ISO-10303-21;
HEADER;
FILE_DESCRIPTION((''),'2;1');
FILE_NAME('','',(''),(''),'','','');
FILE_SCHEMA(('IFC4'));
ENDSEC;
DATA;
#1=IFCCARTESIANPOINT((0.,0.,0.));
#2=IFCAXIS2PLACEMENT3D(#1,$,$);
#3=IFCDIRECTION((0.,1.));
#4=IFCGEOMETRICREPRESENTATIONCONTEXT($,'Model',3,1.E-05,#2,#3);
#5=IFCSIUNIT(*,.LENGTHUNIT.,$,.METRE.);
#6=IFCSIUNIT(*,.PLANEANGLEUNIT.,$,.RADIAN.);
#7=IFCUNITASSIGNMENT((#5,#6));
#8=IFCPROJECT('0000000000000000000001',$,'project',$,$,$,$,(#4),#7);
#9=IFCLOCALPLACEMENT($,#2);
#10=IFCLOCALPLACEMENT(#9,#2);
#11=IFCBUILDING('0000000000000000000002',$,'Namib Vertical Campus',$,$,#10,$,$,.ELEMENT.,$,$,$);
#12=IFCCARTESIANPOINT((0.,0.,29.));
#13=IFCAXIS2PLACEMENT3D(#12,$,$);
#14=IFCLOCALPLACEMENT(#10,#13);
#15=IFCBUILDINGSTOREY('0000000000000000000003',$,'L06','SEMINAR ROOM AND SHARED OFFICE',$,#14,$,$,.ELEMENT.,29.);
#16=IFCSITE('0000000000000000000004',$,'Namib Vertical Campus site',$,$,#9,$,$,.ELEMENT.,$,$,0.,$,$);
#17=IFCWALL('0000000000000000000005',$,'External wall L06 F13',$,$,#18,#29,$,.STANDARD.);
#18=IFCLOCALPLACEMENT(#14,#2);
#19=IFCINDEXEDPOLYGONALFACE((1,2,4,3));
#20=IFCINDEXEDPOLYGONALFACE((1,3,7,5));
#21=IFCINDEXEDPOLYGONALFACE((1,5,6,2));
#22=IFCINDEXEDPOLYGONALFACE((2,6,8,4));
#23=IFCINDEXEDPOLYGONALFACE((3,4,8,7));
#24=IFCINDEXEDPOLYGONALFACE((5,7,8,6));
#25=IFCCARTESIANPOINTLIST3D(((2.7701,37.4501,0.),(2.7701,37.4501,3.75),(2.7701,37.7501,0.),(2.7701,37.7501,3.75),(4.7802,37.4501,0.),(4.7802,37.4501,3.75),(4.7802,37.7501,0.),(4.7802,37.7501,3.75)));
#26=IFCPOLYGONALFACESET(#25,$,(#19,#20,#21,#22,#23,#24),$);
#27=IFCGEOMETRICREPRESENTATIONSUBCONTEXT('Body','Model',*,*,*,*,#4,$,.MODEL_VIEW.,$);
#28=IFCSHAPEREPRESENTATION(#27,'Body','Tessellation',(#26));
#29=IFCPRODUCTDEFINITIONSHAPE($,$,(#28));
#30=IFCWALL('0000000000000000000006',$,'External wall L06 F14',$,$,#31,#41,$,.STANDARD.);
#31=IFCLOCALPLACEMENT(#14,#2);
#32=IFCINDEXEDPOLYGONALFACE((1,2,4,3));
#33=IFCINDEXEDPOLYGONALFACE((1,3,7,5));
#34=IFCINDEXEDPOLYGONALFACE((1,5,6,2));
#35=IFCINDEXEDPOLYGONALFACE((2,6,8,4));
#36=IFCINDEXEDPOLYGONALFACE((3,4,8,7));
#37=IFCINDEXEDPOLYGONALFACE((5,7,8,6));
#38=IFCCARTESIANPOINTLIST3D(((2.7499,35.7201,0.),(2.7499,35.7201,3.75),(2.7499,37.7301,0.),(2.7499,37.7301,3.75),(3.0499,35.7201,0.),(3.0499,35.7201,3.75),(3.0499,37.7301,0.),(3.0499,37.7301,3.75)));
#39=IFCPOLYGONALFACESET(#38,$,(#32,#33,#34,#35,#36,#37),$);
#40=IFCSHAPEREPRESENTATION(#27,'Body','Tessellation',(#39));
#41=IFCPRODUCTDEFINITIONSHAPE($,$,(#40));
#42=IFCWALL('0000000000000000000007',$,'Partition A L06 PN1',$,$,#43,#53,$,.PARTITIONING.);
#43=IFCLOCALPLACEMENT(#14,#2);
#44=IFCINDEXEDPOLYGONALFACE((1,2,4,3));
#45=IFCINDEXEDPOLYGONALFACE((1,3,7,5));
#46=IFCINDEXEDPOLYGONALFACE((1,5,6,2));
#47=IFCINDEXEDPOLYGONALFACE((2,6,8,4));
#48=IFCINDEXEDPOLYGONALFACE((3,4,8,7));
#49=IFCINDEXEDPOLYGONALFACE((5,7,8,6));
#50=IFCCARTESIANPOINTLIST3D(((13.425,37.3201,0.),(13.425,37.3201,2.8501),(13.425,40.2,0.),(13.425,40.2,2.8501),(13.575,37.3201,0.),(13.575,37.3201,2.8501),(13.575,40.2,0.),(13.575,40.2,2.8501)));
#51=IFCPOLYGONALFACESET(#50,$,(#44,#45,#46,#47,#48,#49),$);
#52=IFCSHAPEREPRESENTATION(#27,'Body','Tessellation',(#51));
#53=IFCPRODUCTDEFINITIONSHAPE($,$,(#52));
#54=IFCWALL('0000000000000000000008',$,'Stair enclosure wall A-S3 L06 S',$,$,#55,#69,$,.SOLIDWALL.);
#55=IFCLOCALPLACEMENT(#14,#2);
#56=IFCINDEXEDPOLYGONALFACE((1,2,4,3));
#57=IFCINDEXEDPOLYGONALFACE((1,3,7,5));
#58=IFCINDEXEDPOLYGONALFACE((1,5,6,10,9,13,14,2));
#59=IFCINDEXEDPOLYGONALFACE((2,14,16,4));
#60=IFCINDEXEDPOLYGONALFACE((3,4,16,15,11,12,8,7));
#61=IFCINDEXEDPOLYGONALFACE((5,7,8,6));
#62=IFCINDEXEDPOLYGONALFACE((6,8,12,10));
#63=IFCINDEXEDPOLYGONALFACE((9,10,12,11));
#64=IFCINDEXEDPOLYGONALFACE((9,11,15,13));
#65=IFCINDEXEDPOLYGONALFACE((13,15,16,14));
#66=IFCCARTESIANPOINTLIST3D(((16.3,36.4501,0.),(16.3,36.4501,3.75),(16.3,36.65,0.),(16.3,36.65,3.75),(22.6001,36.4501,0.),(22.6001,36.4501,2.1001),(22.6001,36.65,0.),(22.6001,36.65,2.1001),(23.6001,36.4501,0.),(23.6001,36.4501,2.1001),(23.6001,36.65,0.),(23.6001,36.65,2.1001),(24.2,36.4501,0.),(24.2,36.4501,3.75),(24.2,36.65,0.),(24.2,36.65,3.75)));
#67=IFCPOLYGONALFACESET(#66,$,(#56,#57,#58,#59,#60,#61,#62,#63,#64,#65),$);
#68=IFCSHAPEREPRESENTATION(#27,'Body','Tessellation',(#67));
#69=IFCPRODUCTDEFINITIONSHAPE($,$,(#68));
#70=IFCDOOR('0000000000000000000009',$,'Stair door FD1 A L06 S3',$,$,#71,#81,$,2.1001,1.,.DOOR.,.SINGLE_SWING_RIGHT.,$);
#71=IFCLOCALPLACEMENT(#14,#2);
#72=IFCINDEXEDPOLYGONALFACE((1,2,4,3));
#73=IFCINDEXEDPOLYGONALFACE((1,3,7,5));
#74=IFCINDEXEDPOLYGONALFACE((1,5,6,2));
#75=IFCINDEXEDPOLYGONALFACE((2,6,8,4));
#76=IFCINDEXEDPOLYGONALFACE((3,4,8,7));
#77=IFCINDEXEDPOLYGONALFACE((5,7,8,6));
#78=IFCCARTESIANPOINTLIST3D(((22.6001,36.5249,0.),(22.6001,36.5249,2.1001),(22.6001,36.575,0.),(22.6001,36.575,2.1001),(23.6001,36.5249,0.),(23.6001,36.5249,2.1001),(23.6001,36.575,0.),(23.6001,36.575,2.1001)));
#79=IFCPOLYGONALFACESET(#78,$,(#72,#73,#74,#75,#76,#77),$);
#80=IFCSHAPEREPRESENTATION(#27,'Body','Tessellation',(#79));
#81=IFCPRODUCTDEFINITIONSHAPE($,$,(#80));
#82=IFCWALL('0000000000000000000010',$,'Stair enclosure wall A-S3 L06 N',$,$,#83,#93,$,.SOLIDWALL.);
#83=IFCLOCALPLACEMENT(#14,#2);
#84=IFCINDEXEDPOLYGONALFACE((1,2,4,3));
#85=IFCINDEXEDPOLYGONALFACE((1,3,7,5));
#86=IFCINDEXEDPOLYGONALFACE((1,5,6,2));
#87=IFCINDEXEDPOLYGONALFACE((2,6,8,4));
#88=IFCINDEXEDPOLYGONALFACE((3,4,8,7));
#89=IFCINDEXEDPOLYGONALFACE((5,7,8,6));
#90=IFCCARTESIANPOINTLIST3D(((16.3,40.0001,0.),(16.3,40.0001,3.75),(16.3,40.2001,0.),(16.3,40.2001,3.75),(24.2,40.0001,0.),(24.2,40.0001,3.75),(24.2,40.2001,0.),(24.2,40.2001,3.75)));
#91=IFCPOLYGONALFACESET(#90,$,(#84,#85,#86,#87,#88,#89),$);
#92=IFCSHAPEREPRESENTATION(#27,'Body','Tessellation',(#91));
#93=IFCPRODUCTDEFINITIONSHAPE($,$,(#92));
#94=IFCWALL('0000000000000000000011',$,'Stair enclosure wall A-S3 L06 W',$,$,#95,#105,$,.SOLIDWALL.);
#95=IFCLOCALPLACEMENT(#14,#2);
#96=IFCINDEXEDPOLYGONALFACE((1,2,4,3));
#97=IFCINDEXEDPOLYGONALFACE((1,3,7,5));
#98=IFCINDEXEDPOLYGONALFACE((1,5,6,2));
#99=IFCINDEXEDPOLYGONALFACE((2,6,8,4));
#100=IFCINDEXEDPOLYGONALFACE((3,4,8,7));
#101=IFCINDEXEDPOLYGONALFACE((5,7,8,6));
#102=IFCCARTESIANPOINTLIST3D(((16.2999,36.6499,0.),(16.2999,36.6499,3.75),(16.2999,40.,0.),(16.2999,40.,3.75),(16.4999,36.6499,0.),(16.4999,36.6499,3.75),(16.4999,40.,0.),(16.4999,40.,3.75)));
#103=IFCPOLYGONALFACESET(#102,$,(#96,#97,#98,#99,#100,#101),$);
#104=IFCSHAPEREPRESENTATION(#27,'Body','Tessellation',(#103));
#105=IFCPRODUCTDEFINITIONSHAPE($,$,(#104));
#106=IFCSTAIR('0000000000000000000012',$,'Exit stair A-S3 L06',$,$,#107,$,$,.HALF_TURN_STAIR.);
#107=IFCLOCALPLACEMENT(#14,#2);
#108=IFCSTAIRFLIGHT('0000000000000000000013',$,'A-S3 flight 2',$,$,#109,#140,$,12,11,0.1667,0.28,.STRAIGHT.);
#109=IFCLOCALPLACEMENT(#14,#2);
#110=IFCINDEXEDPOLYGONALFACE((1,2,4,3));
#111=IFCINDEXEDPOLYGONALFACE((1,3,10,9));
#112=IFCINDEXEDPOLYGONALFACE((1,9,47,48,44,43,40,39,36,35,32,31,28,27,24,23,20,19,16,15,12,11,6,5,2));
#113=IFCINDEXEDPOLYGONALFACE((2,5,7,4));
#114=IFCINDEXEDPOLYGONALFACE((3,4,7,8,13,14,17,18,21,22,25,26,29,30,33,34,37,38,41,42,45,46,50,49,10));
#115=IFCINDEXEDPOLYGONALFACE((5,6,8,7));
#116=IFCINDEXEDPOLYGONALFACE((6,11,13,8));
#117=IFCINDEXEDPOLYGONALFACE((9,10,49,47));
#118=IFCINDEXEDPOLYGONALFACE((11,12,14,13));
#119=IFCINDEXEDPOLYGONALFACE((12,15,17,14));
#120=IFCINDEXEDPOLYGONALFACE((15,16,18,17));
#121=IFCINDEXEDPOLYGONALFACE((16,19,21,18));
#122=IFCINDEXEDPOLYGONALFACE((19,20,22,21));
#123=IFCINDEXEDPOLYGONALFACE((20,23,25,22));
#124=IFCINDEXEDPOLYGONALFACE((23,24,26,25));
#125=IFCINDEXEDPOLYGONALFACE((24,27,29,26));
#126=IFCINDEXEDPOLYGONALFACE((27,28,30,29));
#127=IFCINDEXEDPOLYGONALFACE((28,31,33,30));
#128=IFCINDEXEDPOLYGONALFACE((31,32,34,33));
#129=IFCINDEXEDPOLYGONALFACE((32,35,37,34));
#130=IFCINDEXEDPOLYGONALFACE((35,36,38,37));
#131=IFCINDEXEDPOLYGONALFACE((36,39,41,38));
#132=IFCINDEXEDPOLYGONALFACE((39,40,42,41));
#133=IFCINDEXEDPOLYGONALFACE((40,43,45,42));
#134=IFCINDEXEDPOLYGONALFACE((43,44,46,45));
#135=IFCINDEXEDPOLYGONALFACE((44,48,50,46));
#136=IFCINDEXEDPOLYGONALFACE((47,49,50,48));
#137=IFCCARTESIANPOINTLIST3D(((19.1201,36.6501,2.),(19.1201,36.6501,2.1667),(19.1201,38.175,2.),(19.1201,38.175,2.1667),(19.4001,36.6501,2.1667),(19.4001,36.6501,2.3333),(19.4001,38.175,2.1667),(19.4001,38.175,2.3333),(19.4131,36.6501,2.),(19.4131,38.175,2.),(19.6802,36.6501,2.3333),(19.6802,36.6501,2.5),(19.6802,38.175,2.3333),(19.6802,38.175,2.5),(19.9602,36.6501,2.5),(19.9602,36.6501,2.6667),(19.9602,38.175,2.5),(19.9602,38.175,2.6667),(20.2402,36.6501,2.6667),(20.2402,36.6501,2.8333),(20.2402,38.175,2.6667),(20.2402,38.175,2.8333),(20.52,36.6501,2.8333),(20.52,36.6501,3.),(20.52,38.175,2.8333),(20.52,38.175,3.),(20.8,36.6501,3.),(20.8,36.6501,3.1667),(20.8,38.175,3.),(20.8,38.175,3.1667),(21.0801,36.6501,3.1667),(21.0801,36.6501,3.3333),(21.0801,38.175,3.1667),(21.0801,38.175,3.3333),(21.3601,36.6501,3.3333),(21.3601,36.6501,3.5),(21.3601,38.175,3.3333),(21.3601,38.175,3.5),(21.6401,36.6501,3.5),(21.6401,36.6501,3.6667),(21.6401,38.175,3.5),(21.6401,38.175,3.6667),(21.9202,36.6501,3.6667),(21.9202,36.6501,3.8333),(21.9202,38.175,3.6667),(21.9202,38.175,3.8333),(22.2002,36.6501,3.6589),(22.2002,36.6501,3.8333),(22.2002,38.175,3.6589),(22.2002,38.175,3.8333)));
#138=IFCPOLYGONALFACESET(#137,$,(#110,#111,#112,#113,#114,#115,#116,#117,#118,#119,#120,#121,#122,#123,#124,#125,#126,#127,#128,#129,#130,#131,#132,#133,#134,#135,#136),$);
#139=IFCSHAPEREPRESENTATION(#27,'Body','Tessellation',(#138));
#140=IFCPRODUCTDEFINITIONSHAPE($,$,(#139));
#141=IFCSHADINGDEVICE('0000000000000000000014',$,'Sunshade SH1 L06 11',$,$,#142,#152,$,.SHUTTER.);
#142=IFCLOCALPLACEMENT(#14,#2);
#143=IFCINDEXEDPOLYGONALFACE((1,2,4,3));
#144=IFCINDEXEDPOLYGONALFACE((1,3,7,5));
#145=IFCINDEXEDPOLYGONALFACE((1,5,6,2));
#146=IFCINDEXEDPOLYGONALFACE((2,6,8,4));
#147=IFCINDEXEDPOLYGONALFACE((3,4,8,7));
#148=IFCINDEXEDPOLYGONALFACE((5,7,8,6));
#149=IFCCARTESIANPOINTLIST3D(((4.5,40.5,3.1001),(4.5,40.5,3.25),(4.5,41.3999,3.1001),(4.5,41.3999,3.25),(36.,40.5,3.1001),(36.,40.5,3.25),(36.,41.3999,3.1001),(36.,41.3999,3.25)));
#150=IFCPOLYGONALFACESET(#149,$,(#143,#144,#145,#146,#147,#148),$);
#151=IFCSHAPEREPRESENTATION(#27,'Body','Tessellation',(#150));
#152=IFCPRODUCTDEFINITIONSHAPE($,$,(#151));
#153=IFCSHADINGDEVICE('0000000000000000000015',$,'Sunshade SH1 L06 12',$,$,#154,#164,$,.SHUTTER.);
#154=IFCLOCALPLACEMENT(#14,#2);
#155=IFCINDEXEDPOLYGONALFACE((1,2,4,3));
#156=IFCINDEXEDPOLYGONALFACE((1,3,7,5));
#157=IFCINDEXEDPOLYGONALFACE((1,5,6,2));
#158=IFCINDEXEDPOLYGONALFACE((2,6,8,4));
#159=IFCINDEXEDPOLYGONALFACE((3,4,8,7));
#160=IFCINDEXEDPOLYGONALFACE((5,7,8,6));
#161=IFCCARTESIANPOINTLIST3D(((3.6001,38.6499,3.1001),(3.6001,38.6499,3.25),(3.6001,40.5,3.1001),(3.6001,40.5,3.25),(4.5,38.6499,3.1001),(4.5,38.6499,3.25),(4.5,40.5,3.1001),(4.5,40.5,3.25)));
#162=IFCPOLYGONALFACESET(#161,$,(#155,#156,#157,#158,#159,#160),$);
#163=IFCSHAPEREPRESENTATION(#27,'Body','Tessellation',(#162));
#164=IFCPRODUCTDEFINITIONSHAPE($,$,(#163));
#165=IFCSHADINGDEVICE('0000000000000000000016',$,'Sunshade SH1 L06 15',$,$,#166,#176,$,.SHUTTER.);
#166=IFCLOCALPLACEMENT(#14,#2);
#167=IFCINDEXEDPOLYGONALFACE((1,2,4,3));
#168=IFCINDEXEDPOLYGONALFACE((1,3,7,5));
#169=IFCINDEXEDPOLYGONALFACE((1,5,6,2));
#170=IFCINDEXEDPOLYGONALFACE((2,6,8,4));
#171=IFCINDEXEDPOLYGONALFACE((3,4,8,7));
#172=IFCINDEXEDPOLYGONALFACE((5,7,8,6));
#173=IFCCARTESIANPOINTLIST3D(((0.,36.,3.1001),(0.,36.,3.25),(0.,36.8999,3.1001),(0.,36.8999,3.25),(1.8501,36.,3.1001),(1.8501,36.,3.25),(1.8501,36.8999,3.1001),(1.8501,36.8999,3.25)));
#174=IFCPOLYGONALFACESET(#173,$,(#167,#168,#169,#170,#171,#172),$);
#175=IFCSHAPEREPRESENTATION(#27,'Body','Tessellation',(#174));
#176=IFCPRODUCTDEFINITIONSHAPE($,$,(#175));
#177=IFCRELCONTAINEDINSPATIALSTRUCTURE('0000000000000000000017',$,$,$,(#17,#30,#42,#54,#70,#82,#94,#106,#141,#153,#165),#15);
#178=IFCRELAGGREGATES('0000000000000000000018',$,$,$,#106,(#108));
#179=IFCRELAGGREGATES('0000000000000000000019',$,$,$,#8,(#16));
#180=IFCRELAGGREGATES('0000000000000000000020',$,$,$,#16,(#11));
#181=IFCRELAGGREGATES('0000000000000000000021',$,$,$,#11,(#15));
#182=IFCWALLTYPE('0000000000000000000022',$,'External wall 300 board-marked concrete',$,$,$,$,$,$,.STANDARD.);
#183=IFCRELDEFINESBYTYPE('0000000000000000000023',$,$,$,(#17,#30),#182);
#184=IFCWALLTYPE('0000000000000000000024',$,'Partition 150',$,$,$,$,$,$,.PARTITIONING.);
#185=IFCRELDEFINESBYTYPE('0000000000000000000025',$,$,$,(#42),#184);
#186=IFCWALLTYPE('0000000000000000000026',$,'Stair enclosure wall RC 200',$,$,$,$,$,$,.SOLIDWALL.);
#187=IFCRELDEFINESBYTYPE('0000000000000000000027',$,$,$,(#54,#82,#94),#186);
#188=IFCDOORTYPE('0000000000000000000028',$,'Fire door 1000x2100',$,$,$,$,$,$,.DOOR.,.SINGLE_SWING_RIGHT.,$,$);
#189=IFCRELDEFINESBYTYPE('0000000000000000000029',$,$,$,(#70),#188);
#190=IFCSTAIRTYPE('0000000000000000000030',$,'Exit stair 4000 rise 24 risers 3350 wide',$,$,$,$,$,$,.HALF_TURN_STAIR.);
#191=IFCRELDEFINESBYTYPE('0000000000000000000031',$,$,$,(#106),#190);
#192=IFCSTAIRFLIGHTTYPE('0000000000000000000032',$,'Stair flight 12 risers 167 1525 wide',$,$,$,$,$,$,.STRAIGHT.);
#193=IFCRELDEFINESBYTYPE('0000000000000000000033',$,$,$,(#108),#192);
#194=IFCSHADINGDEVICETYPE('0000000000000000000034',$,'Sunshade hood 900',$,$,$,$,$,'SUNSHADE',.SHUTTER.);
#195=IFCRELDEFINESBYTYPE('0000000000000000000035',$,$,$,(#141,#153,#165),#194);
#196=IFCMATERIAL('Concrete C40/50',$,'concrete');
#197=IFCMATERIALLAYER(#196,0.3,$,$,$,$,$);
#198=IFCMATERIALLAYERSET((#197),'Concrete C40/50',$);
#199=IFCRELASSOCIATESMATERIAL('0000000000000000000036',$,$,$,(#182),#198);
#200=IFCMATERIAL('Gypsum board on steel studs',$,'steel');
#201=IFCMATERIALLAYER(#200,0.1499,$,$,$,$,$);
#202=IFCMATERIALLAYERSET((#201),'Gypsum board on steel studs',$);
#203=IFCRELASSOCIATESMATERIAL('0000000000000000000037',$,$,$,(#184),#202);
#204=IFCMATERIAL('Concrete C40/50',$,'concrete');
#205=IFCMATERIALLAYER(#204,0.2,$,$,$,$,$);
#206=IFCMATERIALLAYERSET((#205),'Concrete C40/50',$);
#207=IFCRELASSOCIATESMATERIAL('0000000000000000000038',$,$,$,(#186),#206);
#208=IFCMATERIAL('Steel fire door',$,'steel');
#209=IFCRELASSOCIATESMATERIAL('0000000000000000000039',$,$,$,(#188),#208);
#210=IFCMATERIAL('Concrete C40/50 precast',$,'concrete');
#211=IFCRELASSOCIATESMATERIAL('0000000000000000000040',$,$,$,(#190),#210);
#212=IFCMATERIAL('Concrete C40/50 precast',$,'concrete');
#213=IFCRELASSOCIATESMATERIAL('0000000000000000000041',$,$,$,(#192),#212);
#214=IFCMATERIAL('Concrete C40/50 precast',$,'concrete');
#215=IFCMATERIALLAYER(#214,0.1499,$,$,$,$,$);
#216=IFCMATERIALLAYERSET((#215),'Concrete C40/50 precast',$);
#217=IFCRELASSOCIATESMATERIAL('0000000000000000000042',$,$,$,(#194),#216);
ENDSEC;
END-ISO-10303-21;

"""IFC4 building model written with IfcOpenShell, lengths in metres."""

from ifc_helpers import new_model, si_unit, direction, frame, frame_2d, origin, origin_2d, place, context, subcontext, project, spatial, polyline, rectangle, outline, extrude, material, layer, layer_set, type_object, element, fill, aggregate, save


model = new_model("IFC4")

# Units and contexts
model_context = context("Model", 3, precision=1e-05, world=origin(), true_north=direction((0.0, 1.0)))
body_context = subcontext(model_context, "Body", "Model", "MODEL_VIEW")
ifc_project = project(units=[si_unit("LENGTHUNIT", "METRE"), si_unit("PLANEANGLEUNIT", "RADIAN")], contexts=[model_context])

# Site, building, storey
site_placement = place(None, origin())
site = spatial("IfcSite", under=ifc_project, at=site_placement, Name="Namib Vertical Campus site", CompositionType="ELEMENT", RefElevation=0.0)
building_placement = place(site_placement, origin())
building = spatial("IfcBuilding", under=site, at=building_placement, Name="Namib Vertical Campus", CompositionType="ELEMENT")
storey_placement = place(building_placement, frame((0.0, 0.0, 29.0)))
storey = spatial("IfcBuildingStorey", under=building, at=storey_placement, Name="L06", Description="SEMINAR ROOM AND SHARED OFFICE", CompositionType="ELEMENT", Elevation=29.0)

# Walls
ifc_material_1 = material(Name="Concrete C40/50", Category="concrete")
ifc_layer_1 = layer(ifc_material_1, 0.3)
ifc_layer_set_1 = layer_set([ifc_layer_1], Name="Concrete C40/50")
wall_type_1 = type_object("IfcWallType", Name="External wall 300 board-marked concrete", PredefinedType="STANDARD", material=ifc_layer_set_1)
for number, where, z_axis, x_axis, name in (
    (1, (4.78, 37.6001, 0.0), (0.0, 0.0, 1.0), (-1.0, 0.0, 0.0), "External wall L06 F13"),
    (2, (2.8999, 37.73, 0.0), (0.0, 0.0, 1.0), (0.0, -1.0, 0.0), "External wall L06 F14"),
):
    element("IfcWall", number, at=place(storey_placement, frame(where, z_axis=z_axis, x_axis=x_axis)), inside=storey, type_object=wall_type_1, Name=name, PredefinedType="STANDARD", context=body_context, shape_type="SweptSolid", body=[
        extrude(rectangle(XDim=2.01, YDim=0.3, at=frame_2d((1.0049, 0.0))), origin(), (0.0, 0.0, 1.0), 3.75),
    ])
ifc_material_2 = material(Name="Gypsum board on steel studs", Category="steel")
ifc_layer_2 = layer(ifc_material_2, 0.1499)
ifc_layer_set_2 = layer_set([ifc_layer_2], Name="Gypsum board on steel studs")
wall_type_2 = type_object("IfcWallType", Name="Partition 150", PredefinedType="PARTITIONING", material=ifc_layer_set_2)
wall_1_placement = place(storey_placement, frame((13.5, 37.3201, 0.0), z_axis=(0.0, 0.0, 1.0), x_axis=(0.0, 1.0, 0.0)))
element("IfcWall", 3, at=wall_1_placement, inside=storey, type_object=wall_type_2, Name="Partition A L06 PN1", PredefinedType="PARTITIONING", context=body_context, shape_type="SweptSolid", body=[
    extrude(rectangle(XDim=2.8799, YDim=0.1499, at=frame_2d((1.4399, 0.0))), origin(), (0.0, 0.0, 1.0), 2.8501),
])

# Wall, opening, door
ifc_material_3 = material(Name="Concrete C40/50", Category="concrete")
ifc_layer_3 = layer(ifc_material_3, 0.2)
ifc_layer_set_3 = layer_set([ifc_layer_3], Name="Concrete C40/50")
wall_type_3 = type_object("IfcWallType", Name="Stair enclosure wall RC 200", PredefinedType="SOLIDWALL", material=ifc_layer_set_3)
wall_2_placement = place(storey_placement, frame((16.3, 36.55, 0.0), z_axis=(0.0, 0.0, 1.0), x_axis=(1.0, 0.0, 0.0)))
wall_2 = element("IfcWall", 4, at=wall_2_placement, inside=storey, type_object=wall_type_3, Name="Stair enclosure wall A-S3 L06 S", PredefinedType="SOLIDWALL", context=body_context, shape_type="SweptSolid", body=[
    extrude(rectangle(XDim=7.8999, YDim=0.2, at=frame_2d((3.95, 0.0))), origin(), (0.0, 0.0, 1.0), 3.75),
])
opening_placement = place(wall_2_placement, frame((6.3, 0.0, 0.0)))
opening = element("IfcOpeningElement", 5, at=opening_placement, cuts=wall_2, PredefinedType="OPENING", context=body_context, shape_type="SweptSolid", body=[
    extrude(rectangle(XDim=1.0, YDim=2.1001, at=frame_2d((0.5, 1.05))), frame((0.0, 0.1099, 0.0), z_axis=(0.0, -1.0, 0.0), x_axis=(1.0, 0.0, 0.0)), (0.0, 0.0, 1.0), 0.22),
])
ifc_material_4 = material(Name="Steel fire door", Category="steel")
door_type = type_object("IfcDoorType", Name="Fire door 1000x2100", OperationType="SINGLE_SWING_RIGHT", PredefinedType="DOOR", material=ifc_material_4)
door_placement = place(opening_placement, origin())
door = element("IfcDoor", 6, at=door_placement, inside=storey, type_object=door_type, Name="Stair door FD1 A L06 S3", OperationType="SINGLE_SWING_RIGHT", OverallHeight=2.1001, OverallWidth=1.0, PredefinedType="DOOR", context=body_context, shape_type="SweptSolid", body=[
    extrude(rectangle(XDim=1.0, YDim=2.1001, at=frame_2d((0.5, 1.05))), frame((0.0, 0.0249, 0.0), z_axis=(0.0, -1.0, 0.0), x_axis=(1.0, 0.0, 0.0)), (0.0, 0.0, 1.0), 0.05),
])
fill(opening, door)

# Walls
wall_3_placement = place(storey_placement, frame((16.3, 40.1001, 0.0), z_axis=(0.0, 0.0, 1.0), x_axis=(1.0, 0.0, 0.0)))
element("IfcWall", 7, at=wall_3_placement, inside=storey, type_object=wall_type_3, Name="Stair enclosure wall A-S3 L06 N", PredefinedType="SOLIDWALL", context=body_context, shape_type="SweptSolid", body=[
    extrude(rectangle(XDim=7.8999, YDim=0.2, at=frame_2d((3.95, 0.0))), origin(), (0.0, 0.0, 1.0), 3.75),
])
wall_4_placement = place(storey_placement, frame((16.3999, 36.6499, 0.0), z_axis=(0.0, 0.0, 1.0), x_axis=(0.0, 1.0, 0.0)))
element("IfcWall", 8, at=wall_4_placement, inside=storey, type_object=wall_type_3, Name="Stair enclosure wall A-S3 L06 W", PredefinedType="SOLIDWALL", context=body_context, shape_type="SweptSolid", body=[
    extrude(rectangle(XDim=3.3501, YDim=0.2, at=frame_2d((1.675, 0.0))), origin(), (0.0, 0.0, 1.0), 3.75),
])

# Stair, stair flight
ifc_material_5 = material(Name="Concrete C40/50 precast", Category="concrete")
stair_type = type_object("IfcStairType", Name="Exit stair 4000 rise 24 risers 3350 wide", PredefinedType="HALF_TURN_STAIR", material=ifc_material_5)
stair_placement = place(storey_placement, origin())
stair = element("IfcStair", 9, at=stair_placement, inside=storey, type_object=stair_type, Name="Exit stair A-S3 L06", PredefinedType="HALF_TURN_STAIR")
ifc_material_6 = material(Name="Concrete C40/50 precast", Category="concrete")
stair_flight_type = type_object("IfcStairFlightType", Name="Stair flight 12 risers 167 1525 wide", PredefinedType="STRAIGHT", material=ifc_material_6)
stair_flight_placement = place(storey_placement, frame((19.1201, 37.4126, 2.0), z_axis=(0.0, 0.0, 1.0), x_axis=(1.0, 0.0, 0.0)))
stair_flight = element("IfcStairFlight", 10, at=stair_flight_placement, type_object=stair_flight_type, Name="A-S3 flight 2", NumberOfRisers=12, NumberOfTreads=11, PredefinedType="STRAIGHT", RiserHeight=0.1667, TreadLength=0.28, context=body_context, shape_type="SweptSolid", body=[
    extrude(outline(polyline([(0.0, 0.0), (0.0, 0.1667), (0.28, 0.1667), (0.28, 0.3333), (0.5601, 0.3333), (0.5601, 0.5), (0.8401, 0.5), (0.8401, 0.6667), (1.1201, 0.6667), (1.1201, 0.8333), (1.3999, 0.8333), (1.3999, 1.0), (1.6799, 1.0), (1.6799, 1.1667), (1.96, 1.1667), (1.96, 1.3333), (2.24, 1.3333), (2.24, 1.5), (2.52, 1.5), (2.52, 1.6667), (2.8, 1.6667), (2.8, 1.8333), (3.0801, 1.8333), (3.0801, 2.0), (3.0801, 1.6589), (0.293, 0.0), (0.0, 0.0)])), frame((0.0, 0.7625, 0.0), z_axis=(0.0, -1.0, 0.0), x_axis=(1.0, 0.0, 0.0)), (0.0, 0.0, 1.0), 1.5249),
])
aggregate(stair, [stair_flight])

# Shading devices
ifc_material_7 = material(Name="Concrete C40/50 precast", Category="concrete")
ifc_layer_4 = layer(ifc_material_7, 0.1499)
ifc_layer_set_4 = layer_set([ifc_layer_4], Name="Concrete C40/50 precast")
shading_device_type = type_object("IfcShadingDeviceType", Name="Sunshade hood 900", ElementType="SUNSHADE", PredefinedType="SHUTTER", material=ifc_layer_set_4)
shading_device_placement = place(storey_placement, frame((20.25, 40.95, 3.1001), z_axis=(0.0, 0.0, 1.0), x_axis=(-1.0, 0.0, 0.0)))
element("IfcShadingDevice", 11, at=shading_device_placement, inside=storey, type_object=shading_device_type, Name="Sunshade SH1 L06 11", PredefinedType="SHUTTER", context=body_context, shape_type="SweptSolid", body=[
    extrude(rectangle(XDim=31.5, YDim=0.8999, at=origin_2d()), origin(), (0.0, 0.0, 1.0), 0.1499),
])
for number, where, z_axis, x_axis, name in (
    (12, (4.05, 39.575, 3.1001), (0.0, 0.0, 1.0), (0.0, -1.0, 0.0), "Sunshade SH1 L06 12"),
    (13, (0.925, 36.45, 3.1001), (0.0, 0.0, 1.0), (-1.0, 0.0, 0.0), "Sunshade SH1 L06 15"),
):
    element("IfcShadingDevice", number, at=place(storey_placement, frame(where, z_axis=z_axis, x_axis=x_axis)), inside=storey, type_object=shading_device_type, Name=name, PredefinedType="SHUTTER", context=body_context, shape_type="SweptSolid", body=[
        extrude(rectangle(XDim=1.8501, YDim=0.8999, at=origin_2d()), origin(), (0.0, 0.0, 1.0), 0.1499),
    ])

save(model, "model.ifc")
